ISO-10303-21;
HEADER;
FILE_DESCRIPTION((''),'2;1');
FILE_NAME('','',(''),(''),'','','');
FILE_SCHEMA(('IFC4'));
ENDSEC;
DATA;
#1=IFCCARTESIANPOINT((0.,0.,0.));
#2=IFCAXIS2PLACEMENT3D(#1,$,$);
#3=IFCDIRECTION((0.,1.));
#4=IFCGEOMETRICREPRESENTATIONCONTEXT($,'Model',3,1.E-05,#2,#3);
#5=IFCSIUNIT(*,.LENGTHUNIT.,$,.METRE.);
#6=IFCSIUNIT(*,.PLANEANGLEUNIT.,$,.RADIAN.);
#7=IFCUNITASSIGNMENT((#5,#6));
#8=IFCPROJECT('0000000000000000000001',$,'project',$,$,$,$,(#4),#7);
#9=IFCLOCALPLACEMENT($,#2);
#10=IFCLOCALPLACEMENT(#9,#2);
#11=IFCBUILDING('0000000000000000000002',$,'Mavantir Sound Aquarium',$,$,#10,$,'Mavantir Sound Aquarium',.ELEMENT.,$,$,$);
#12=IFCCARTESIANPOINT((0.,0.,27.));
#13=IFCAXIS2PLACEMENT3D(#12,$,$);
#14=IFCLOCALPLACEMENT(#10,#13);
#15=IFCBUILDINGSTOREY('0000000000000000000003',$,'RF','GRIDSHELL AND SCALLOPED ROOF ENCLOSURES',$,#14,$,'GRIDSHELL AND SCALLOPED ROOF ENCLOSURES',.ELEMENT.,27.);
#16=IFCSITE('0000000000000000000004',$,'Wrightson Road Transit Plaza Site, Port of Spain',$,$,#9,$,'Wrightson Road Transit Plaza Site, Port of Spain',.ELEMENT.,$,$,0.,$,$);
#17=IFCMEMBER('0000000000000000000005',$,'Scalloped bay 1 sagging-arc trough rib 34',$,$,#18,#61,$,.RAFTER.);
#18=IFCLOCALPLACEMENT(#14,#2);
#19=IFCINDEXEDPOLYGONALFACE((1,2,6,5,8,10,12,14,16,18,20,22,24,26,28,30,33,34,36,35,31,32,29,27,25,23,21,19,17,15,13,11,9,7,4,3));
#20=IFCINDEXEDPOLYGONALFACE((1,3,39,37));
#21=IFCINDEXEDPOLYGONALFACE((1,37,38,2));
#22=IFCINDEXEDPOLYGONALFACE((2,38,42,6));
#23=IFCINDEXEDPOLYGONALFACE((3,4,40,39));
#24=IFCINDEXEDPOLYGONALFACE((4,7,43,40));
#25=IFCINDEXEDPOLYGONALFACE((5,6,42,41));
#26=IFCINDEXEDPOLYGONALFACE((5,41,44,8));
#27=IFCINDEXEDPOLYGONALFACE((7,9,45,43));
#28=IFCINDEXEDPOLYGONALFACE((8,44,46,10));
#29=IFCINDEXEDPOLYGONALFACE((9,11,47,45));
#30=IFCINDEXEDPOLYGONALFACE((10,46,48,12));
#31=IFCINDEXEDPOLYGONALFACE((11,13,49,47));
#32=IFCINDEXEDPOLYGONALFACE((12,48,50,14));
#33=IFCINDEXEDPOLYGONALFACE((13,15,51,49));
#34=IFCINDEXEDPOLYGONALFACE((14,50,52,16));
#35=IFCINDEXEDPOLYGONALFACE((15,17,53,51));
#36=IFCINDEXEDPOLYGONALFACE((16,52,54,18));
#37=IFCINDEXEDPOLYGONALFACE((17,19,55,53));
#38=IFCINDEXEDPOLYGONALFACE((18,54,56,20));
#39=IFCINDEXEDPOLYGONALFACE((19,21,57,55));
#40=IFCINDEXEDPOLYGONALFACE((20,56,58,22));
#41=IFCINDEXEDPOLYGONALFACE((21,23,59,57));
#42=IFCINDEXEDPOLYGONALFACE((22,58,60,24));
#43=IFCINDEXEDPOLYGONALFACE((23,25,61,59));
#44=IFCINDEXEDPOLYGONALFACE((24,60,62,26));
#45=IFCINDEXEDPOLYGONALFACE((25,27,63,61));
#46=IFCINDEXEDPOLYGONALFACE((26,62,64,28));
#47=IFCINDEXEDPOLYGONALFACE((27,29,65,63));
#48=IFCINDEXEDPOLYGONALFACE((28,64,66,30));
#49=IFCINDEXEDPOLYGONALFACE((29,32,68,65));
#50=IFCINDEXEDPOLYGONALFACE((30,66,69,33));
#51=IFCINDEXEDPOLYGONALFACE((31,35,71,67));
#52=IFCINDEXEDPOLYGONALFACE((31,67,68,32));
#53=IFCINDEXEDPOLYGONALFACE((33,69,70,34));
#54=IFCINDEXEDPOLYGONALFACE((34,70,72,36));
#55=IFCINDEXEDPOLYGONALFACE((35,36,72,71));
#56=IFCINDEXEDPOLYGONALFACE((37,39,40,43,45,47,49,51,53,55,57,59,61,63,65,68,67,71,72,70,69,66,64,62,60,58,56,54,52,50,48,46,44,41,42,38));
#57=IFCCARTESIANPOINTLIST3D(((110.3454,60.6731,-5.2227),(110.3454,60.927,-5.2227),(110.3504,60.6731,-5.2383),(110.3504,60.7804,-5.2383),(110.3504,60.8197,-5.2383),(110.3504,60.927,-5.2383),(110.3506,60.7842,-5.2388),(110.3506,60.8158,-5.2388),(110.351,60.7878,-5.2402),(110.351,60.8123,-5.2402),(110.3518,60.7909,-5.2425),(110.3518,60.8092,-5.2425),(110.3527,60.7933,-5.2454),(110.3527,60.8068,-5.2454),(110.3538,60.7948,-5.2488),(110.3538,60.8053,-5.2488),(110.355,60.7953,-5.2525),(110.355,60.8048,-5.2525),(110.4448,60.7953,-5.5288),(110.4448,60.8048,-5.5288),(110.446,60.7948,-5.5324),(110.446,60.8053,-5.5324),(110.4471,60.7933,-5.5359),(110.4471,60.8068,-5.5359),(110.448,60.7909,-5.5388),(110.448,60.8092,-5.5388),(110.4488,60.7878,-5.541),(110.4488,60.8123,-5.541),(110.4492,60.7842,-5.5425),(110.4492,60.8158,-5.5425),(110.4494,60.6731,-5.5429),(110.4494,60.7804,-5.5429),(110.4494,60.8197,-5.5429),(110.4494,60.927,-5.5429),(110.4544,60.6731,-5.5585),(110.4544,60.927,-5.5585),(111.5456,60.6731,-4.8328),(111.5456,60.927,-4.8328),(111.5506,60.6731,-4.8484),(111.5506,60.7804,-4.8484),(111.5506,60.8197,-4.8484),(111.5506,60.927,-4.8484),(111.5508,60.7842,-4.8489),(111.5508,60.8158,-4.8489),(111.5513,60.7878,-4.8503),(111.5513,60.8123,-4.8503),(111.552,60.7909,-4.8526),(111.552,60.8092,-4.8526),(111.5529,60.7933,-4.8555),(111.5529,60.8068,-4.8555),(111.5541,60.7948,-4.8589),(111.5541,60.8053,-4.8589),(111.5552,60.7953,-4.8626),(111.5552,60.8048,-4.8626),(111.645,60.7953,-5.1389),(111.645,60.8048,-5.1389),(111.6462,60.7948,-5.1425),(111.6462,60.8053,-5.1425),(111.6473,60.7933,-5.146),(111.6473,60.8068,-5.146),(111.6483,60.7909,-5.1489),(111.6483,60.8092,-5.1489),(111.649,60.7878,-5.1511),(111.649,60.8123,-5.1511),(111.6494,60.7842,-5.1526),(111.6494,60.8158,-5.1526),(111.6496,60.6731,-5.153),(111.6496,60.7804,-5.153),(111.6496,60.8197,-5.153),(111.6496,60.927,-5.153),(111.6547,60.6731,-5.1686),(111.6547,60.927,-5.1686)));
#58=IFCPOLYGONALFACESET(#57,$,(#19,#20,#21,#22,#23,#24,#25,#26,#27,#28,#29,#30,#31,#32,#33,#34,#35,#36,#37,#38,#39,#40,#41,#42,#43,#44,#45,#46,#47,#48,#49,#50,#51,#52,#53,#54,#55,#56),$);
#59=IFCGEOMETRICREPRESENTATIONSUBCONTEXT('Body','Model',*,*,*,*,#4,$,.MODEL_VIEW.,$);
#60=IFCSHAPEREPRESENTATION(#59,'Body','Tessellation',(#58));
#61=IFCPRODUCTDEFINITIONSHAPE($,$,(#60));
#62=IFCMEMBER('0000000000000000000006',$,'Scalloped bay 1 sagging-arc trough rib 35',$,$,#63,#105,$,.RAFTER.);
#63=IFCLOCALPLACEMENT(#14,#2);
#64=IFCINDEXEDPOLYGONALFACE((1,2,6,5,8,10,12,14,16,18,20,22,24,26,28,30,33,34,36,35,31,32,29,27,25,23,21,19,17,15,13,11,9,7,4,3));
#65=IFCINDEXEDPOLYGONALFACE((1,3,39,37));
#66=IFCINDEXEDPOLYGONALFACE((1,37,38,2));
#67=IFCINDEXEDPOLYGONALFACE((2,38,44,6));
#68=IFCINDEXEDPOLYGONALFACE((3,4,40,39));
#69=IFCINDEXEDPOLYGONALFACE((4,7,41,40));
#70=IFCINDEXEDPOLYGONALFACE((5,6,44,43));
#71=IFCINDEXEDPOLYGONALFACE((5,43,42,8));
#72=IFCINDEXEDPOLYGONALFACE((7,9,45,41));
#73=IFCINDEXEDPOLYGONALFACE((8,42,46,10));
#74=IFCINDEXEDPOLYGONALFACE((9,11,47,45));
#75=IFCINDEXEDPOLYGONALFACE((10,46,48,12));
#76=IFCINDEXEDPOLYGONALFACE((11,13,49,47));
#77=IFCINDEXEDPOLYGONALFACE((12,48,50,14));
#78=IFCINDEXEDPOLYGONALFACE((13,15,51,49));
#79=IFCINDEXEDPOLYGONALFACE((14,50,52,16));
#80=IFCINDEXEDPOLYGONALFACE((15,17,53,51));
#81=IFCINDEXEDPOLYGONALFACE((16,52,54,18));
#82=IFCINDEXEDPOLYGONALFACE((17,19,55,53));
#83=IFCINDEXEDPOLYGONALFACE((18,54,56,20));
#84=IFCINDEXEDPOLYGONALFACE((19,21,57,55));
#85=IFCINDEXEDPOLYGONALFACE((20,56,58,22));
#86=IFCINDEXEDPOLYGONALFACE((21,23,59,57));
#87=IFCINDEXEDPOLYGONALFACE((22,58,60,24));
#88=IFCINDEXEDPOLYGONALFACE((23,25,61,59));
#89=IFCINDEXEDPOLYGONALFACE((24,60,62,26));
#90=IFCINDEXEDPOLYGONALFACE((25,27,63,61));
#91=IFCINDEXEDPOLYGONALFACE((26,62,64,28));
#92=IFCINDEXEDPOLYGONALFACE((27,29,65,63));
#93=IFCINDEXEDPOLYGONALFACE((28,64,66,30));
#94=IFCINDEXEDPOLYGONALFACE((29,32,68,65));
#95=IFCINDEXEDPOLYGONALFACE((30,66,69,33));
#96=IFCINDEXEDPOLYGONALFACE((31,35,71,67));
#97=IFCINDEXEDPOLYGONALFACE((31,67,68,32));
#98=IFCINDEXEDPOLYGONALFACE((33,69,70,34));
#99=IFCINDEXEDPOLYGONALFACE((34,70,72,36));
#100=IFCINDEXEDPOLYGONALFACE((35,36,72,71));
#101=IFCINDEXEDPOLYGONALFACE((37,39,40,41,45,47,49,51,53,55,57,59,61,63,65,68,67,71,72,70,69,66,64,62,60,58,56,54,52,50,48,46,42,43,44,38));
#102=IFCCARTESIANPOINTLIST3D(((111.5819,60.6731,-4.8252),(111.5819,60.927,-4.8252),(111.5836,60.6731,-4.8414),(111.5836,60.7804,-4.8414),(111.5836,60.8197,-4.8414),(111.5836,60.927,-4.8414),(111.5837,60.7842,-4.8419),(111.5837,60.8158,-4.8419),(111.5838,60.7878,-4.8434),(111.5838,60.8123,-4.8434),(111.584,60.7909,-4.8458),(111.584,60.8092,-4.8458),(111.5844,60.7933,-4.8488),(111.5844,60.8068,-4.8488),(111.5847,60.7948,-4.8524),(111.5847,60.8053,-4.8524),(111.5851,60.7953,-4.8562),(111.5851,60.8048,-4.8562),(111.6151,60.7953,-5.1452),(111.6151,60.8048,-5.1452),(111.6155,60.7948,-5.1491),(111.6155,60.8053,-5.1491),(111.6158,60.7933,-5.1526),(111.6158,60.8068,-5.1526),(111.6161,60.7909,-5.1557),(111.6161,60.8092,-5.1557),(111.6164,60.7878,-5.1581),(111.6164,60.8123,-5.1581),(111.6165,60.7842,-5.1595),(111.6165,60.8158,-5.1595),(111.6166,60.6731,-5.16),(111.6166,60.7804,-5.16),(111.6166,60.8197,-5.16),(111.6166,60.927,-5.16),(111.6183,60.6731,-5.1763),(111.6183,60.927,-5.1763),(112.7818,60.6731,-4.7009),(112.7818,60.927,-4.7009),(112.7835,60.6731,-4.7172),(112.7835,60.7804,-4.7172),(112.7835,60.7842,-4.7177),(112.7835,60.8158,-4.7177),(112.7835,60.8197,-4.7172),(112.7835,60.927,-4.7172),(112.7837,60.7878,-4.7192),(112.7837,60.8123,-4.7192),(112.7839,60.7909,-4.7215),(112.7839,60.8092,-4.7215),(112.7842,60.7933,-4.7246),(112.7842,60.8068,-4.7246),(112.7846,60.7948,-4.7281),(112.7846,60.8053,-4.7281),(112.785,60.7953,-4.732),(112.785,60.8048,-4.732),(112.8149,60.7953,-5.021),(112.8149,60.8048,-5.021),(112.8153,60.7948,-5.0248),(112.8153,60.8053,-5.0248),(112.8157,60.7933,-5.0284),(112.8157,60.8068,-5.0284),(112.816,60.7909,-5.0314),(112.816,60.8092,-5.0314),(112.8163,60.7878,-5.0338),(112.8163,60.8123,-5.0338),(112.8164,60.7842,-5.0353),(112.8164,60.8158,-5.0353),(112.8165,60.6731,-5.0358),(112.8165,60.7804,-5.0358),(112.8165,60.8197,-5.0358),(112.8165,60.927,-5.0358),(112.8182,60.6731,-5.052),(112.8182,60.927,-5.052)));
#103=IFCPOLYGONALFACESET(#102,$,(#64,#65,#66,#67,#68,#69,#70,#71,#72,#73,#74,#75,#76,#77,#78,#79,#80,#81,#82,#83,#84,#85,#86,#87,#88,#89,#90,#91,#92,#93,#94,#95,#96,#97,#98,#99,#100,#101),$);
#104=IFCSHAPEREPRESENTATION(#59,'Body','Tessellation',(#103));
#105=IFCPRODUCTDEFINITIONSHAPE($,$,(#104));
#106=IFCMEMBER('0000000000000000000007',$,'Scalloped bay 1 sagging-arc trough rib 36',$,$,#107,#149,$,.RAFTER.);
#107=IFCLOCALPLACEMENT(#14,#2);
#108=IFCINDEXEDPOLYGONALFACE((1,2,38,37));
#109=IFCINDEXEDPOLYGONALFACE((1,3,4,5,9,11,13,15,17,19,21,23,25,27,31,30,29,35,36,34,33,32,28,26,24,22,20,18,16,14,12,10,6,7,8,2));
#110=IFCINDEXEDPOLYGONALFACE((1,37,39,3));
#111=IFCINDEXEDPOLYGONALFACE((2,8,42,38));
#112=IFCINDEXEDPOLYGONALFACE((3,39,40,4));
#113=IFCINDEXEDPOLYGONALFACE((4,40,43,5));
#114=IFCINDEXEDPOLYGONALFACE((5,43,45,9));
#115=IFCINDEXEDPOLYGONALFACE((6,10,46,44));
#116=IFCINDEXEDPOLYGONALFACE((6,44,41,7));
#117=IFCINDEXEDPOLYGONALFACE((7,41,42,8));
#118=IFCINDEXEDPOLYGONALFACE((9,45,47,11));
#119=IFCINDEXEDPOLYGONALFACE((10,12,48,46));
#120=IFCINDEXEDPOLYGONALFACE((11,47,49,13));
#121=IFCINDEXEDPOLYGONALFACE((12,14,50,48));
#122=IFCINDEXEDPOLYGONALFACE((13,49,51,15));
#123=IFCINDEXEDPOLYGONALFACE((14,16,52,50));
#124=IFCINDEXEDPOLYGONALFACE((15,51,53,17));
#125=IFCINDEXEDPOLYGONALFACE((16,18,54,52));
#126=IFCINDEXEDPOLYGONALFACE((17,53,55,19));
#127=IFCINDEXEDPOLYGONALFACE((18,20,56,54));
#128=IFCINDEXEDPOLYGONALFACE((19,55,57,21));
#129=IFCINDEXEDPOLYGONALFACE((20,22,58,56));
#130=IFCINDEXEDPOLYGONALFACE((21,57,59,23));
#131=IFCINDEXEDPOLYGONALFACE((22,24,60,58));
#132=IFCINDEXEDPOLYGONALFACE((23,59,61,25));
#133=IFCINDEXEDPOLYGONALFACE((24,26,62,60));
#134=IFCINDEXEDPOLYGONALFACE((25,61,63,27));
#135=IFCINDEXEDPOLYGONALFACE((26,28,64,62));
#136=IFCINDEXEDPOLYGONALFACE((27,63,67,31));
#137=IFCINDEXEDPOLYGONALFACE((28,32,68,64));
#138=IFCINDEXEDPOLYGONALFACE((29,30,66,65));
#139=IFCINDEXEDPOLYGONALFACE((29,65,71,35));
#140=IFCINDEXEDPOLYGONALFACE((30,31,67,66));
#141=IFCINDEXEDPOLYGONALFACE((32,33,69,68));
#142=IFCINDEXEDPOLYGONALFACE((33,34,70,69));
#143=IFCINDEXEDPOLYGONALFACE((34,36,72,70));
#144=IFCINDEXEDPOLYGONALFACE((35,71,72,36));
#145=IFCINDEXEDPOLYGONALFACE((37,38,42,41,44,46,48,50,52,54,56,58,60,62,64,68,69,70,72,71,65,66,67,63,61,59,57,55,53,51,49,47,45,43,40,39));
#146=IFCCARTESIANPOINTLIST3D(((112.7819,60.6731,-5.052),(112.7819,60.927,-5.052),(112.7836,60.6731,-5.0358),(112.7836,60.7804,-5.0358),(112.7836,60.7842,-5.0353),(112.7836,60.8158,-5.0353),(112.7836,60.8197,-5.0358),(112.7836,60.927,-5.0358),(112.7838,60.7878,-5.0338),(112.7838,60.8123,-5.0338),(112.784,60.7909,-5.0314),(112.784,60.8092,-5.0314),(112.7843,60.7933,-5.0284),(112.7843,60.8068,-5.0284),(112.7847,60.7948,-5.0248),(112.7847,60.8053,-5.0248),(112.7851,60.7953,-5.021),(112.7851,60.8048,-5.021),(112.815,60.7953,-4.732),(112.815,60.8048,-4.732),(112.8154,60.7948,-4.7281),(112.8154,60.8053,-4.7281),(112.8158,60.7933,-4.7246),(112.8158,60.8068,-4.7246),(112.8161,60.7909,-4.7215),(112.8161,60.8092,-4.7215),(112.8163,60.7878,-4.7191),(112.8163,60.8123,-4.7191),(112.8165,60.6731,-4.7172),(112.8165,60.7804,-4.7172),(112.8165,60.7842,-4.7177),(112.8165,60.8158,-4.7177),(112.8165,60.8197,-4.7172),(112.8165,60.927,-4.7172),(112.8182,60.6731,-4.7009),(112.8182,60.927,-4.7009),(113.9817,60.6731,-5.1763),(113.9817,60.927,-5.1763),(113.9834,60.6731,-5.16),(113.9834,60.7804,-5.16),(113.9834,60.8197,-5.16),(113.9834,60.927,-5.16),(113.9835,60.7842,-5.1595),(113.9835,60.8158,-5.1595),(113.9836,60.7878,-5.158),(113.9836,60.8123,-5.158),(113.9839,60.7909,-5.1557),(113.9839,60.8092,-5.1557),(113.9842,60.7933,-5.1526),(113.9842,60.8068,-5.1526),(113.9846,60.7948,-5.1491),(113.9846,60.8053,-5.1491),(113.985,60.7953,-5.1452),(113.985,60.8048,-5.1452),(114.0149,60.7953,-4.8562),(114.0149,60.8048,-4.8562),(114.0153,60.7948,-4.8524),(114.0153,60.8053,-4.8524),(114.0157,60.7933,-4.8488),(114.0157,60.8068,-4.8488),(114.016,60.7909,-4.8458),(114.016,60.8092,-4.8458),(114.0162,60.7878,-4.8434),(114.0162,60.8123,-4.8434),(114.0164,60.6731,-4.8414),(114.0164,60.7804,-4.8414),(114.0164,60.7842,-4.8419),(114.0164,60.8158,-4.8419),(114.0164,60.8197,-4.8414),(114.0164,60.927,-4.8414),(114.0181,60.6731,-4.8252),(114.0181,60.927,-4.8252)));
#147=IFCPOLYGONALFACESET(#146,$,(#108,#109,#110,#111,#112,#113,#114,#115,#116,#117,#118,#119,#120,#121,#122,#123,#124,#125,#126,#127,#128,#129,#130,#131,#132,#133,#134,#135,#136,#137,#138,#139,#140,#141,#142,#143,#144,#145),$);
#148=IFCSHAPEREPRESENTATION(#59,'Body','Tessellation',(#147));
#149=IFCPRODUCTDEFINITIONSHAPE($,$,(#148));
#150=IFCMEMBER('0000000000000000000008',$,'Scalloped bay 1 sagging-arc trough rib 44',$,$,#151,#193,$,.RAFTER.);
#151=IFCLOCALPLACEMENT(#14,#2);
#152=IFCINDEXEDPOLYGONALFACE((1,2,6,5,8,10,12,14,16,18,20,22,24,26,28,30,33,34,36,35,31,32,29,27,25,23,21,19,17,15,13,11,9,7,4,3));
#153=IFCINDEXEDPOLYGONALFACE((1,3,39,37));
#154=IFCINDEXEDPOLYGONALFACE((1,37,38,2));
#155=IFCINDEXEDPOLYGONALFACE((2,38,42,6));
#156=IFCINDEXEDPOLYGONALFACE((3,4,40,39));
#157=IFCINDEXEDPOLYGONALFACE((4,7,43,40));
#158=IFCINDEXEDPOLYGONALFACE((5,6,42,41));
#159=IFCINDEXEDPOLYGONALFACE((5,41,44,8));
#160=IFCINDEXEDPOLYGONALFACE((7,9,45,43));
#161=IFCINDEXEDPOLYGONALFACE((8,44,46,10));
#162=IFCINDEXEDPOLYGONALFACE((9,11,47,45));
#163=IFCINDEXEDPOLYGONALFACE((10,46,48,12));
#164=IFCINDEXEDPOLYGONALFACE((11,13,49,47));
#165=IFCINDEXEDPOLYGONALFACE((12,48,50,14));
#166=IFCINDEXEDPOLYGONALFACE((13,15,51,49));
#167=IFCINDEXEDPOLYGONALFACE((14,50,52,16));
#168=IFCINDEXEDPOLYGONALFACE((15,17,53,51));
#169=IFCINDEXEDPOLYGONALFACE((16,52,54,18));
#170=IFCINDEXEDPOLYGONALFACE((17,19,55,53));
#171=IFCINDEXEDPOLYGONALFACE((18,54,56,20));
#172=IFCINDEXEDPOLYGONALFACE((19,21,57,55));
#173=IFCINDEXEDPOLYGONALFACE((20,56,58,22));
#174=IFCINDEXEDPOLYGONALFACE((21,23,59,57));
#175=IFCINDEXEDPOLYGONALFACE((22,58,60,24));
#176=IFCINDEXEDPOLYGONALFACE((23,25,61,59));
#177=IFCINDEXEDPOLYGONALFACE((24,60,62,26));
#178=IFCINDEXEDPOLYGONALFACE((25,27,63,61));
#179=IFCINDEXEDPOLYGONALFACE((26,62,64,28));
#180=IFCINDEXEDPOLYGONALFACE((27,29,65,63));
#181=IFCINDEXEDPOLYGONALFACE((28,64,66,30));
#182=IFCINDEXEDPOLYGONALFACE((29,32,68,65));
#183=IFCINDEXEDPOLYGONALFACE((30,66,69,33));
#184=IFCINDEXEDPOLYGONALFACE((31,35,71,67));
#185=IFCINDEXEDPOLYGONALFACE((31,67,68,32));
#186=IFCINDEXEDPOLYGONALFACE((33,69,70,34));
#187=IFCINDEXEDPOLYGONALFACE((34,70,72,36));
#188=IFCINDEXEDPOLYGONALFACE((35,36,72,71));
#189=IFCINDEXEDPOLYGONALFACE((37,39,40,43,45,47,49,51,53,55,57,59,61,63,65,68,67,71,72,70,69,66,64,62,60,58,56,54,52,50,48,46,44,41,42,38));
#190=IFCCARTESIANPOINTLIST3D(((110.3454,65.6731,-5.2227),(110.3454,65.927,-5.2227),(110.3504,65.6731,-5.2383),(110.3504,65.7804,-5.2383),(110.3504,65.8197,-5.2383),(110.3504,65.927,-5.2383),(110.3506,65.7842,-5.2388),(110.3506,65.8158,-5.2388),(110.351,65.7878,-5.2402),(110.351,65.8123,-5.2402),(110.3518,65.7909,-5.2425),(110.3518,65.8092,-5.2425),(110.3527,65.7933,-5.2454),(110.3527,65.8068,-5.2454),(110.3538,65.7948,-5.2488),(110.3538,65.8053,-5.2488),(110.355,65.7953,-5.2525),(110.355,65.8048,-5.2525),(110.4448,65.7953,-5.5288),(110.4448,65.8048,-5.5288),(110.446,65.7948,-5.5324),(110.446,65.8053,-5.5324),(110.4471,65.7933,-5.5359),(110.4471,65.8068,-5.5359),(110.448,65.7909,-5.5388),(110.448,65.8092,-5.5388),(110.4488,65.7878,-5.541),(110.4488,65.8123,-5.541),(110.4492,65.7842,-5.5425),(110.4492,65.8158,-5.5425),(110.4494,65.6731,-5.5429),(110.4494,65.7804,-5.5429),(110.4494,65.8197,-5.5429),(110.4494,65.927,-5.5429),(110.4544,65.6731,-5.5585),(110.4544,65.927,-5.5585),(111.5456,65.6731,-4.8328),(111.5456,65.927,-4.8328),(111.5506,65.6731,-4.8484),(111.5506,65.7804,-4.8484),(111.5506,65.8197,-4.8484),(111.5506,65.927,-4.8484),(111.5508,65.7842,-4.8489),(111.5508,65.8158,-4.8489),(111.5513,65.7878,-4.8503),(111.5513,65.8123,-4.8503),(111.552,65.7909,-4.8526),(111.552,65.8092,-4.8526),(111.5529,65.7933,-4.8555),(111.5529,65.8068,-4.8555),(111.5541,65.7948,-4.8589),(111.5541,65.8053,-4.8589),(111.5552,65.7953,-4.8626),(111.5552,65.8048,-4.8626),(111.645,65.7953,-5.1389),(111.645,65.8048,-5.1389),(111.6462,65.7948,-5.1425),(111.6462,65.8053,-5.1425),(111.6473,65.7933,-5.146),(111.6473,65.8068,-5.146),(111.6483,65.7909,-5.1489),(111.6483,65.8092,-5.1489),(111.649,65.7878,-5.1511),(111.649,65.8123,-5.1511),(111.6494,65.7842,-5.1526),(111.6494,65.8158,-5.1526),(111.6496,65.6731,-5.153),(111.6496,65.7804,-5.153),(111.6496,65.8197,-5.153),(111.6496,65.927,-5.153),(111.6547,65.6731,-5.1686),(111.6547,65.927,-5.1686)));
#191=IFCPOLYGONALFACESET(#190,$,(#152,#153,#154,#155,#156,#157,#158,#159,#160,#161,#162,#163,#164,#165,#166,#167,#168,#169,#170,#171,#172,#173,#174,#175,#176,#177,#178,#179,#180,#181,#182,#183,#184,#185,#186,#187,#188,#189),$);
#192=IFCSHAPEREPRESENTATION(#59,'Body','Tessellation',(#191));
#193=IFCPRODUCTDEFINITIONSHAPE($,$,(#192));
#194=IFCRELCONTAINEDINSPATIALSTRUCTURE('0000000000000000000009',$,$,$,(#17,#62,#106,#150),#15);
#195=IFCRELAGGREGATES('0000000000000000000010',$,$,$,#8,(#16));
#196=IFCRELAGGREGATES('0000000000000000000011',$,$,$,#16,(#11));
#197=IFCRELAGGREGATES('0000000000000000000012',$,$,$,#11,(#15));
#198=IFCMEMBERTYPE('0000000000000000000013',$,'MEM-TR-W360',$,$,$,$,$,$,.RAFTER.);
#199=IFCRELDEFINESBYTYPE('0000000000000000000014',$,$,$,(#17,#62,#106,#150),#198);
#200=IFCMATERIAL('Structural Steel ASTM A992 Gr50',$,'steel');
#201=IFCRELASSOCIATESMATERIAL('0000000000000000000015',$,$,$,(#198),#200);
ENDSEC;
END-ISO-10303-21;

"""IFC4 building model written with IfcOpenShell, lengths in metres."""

from ifc_helpers import new_model, si_unit, direction, frame, origin, origin_2d, place, context, subcontext, project, spatial, i_section, extrude, material, material_profile, profile_set, type_object, element, save


model = new_model("IFC4")

# Units and contexts
model_context = context("Model", 3, precision=1e-05, world=origin(), true_north=direction((0.0, 1.0)))
body_context = subcontext(model_context, "Body", "Model", "MODEL_VIEW")
ifc_project = project(units=[si_unit("LENGTHUNIT", "METRE"), si_unit("PLANEANGLEUNIT", "RADIAN")], contexts=[model_context])

# Site, building, storey
site_placement = place(None, origin())
site = spatial("IfcSite", under=ifc_project, at=site_placement, Name="Wrightson Road Transit Plaza Site, Port of Spain", LongName="Wrightson Road Transit Plaza Site, Port of Spain", CompositionType="ELEMENT", RefElevation=0.0)
building_placement = place(site_placement, origin())
building = spatial("IfcBuilding", under=site, at=building_placement, Name="Mavantir Sound Aquarium", LongName="Mavantir Sound Aquarium", CompositionType="ELEMENT")
storey_placement = place(building_placement, frame((0.0, 0.0, 27.0)))
storey = spatial("IfcBuildingStorey", under=building, at=storey_placement, Name="RF", Description="GRIDSHELL AND SCALLOPED ROOF ENCLOSURES", LongName="GRIDSHELL AND SCALLOPED ROOF ENCLOSURES", CompositionType="ELEMENT", Elevation=27.0)

# Members
ifc_material_1 = material(Name="Structural Steel ASTM A992 Gr50", Category="steel")
ifc_material_profile_1 = material_profile(ifc_material_1, i_section(OverallWidth=0.2539, OverallDepth=0.353, WebThickness=0.0095, FlangeThickness=0.0164, FilletRadius=0.0149, at=origin_2d()), Name="W360X91")
ifc_profile_set_1 = profile_set([ifc_material_profile_1], Name="Structural Steel ASTM A992 Gr50")
member_type_1 = type_object("IfcMemberType", Name="MEM-TR-W360", PredefinedType="RAFTER", material=ifc_profile_set_1)
member_1_placement = place(storey_placement, frame((110.3999, 60.8, -5.3906), z_axis=(0.951074, 0.0, 0.308964), x_axis=(0.0, 1.0, 0.0)))
element("IfcMember", 1, at=member_1_placement, inside=storey, type_object=member_type_1, Name="Scalloped bay 1 sagging-arc trough rib 34", PredefinedType="RAFTER", context=body_context, shape_type="SweptSolid", body=[
    extrude(i_section(OverallWidth=0.2539, OverallDepth=0.353, WebThickness=0.0095, FlangeThickness=0.0164, FilletRadius=0.0149, at=origin_2d()), origin(), (0.0, 0.0, 1.0), 1.262),
])
for number, where, z_axis, x_axis, name in (
    (2, (111.6001, 60.8, -5.0007), (0.99468, 0.0, 0.10301), (0.0, 1.0, 0.0), "Scalloped bay 1 sagging-arc trough rib 35"),
    (3, (112.8, 60.8, -4.8765), (0.99468, 0.0, -0.10301), (0.0, 1.0, 0.0), "Scalloped bay 1 sagging-arc trough rib 36"),
):
    element("IfcMember", number, at=place(storey_placement, frame(where, z_axis=z_axis, x_axis=x_axis)), inside=storey, type_object=member_type_1, Name=name, PredefinedType="RAFTER", context=body_context, shape_type="SweptSolid", body=[
        extrude(i_section(OverallWidth=0.2539, OverallDepth=0.353, WebThickness=0.0095, FlangeThickness=0.0164, FilletRadius=0.0149, at=origin_2d()), origin(), (0.0, 0.0, 1.0), 1.2063),
    ])
member_2_placement = place(storey_placement, frame((110.3999, 65.8, -5.3906), z_axis=(0.951074, 0.0, 0.308964), x_axis=(0.0, 1.0, 0.0)))
element("IfcMember", 4, at=member_2_placement, inside=storey, type_object=member_type_1, Name="Scalloped bay 1 sagging-arc trough rib 44", PredefinedType="RAFTER", context=body_context, shape_type="SweptSolid", body=[
    extrude(i_section(OverallWidth=0.2539, OverallDepth=0.353, WebThickness=0.0095, FlangeThickness=0.0164, FilletRadius=0.0149, at=origin_2d()), origin(), (0.0, 0.0, 1.0), 1.262),
])

save(model, "model.ifc")
